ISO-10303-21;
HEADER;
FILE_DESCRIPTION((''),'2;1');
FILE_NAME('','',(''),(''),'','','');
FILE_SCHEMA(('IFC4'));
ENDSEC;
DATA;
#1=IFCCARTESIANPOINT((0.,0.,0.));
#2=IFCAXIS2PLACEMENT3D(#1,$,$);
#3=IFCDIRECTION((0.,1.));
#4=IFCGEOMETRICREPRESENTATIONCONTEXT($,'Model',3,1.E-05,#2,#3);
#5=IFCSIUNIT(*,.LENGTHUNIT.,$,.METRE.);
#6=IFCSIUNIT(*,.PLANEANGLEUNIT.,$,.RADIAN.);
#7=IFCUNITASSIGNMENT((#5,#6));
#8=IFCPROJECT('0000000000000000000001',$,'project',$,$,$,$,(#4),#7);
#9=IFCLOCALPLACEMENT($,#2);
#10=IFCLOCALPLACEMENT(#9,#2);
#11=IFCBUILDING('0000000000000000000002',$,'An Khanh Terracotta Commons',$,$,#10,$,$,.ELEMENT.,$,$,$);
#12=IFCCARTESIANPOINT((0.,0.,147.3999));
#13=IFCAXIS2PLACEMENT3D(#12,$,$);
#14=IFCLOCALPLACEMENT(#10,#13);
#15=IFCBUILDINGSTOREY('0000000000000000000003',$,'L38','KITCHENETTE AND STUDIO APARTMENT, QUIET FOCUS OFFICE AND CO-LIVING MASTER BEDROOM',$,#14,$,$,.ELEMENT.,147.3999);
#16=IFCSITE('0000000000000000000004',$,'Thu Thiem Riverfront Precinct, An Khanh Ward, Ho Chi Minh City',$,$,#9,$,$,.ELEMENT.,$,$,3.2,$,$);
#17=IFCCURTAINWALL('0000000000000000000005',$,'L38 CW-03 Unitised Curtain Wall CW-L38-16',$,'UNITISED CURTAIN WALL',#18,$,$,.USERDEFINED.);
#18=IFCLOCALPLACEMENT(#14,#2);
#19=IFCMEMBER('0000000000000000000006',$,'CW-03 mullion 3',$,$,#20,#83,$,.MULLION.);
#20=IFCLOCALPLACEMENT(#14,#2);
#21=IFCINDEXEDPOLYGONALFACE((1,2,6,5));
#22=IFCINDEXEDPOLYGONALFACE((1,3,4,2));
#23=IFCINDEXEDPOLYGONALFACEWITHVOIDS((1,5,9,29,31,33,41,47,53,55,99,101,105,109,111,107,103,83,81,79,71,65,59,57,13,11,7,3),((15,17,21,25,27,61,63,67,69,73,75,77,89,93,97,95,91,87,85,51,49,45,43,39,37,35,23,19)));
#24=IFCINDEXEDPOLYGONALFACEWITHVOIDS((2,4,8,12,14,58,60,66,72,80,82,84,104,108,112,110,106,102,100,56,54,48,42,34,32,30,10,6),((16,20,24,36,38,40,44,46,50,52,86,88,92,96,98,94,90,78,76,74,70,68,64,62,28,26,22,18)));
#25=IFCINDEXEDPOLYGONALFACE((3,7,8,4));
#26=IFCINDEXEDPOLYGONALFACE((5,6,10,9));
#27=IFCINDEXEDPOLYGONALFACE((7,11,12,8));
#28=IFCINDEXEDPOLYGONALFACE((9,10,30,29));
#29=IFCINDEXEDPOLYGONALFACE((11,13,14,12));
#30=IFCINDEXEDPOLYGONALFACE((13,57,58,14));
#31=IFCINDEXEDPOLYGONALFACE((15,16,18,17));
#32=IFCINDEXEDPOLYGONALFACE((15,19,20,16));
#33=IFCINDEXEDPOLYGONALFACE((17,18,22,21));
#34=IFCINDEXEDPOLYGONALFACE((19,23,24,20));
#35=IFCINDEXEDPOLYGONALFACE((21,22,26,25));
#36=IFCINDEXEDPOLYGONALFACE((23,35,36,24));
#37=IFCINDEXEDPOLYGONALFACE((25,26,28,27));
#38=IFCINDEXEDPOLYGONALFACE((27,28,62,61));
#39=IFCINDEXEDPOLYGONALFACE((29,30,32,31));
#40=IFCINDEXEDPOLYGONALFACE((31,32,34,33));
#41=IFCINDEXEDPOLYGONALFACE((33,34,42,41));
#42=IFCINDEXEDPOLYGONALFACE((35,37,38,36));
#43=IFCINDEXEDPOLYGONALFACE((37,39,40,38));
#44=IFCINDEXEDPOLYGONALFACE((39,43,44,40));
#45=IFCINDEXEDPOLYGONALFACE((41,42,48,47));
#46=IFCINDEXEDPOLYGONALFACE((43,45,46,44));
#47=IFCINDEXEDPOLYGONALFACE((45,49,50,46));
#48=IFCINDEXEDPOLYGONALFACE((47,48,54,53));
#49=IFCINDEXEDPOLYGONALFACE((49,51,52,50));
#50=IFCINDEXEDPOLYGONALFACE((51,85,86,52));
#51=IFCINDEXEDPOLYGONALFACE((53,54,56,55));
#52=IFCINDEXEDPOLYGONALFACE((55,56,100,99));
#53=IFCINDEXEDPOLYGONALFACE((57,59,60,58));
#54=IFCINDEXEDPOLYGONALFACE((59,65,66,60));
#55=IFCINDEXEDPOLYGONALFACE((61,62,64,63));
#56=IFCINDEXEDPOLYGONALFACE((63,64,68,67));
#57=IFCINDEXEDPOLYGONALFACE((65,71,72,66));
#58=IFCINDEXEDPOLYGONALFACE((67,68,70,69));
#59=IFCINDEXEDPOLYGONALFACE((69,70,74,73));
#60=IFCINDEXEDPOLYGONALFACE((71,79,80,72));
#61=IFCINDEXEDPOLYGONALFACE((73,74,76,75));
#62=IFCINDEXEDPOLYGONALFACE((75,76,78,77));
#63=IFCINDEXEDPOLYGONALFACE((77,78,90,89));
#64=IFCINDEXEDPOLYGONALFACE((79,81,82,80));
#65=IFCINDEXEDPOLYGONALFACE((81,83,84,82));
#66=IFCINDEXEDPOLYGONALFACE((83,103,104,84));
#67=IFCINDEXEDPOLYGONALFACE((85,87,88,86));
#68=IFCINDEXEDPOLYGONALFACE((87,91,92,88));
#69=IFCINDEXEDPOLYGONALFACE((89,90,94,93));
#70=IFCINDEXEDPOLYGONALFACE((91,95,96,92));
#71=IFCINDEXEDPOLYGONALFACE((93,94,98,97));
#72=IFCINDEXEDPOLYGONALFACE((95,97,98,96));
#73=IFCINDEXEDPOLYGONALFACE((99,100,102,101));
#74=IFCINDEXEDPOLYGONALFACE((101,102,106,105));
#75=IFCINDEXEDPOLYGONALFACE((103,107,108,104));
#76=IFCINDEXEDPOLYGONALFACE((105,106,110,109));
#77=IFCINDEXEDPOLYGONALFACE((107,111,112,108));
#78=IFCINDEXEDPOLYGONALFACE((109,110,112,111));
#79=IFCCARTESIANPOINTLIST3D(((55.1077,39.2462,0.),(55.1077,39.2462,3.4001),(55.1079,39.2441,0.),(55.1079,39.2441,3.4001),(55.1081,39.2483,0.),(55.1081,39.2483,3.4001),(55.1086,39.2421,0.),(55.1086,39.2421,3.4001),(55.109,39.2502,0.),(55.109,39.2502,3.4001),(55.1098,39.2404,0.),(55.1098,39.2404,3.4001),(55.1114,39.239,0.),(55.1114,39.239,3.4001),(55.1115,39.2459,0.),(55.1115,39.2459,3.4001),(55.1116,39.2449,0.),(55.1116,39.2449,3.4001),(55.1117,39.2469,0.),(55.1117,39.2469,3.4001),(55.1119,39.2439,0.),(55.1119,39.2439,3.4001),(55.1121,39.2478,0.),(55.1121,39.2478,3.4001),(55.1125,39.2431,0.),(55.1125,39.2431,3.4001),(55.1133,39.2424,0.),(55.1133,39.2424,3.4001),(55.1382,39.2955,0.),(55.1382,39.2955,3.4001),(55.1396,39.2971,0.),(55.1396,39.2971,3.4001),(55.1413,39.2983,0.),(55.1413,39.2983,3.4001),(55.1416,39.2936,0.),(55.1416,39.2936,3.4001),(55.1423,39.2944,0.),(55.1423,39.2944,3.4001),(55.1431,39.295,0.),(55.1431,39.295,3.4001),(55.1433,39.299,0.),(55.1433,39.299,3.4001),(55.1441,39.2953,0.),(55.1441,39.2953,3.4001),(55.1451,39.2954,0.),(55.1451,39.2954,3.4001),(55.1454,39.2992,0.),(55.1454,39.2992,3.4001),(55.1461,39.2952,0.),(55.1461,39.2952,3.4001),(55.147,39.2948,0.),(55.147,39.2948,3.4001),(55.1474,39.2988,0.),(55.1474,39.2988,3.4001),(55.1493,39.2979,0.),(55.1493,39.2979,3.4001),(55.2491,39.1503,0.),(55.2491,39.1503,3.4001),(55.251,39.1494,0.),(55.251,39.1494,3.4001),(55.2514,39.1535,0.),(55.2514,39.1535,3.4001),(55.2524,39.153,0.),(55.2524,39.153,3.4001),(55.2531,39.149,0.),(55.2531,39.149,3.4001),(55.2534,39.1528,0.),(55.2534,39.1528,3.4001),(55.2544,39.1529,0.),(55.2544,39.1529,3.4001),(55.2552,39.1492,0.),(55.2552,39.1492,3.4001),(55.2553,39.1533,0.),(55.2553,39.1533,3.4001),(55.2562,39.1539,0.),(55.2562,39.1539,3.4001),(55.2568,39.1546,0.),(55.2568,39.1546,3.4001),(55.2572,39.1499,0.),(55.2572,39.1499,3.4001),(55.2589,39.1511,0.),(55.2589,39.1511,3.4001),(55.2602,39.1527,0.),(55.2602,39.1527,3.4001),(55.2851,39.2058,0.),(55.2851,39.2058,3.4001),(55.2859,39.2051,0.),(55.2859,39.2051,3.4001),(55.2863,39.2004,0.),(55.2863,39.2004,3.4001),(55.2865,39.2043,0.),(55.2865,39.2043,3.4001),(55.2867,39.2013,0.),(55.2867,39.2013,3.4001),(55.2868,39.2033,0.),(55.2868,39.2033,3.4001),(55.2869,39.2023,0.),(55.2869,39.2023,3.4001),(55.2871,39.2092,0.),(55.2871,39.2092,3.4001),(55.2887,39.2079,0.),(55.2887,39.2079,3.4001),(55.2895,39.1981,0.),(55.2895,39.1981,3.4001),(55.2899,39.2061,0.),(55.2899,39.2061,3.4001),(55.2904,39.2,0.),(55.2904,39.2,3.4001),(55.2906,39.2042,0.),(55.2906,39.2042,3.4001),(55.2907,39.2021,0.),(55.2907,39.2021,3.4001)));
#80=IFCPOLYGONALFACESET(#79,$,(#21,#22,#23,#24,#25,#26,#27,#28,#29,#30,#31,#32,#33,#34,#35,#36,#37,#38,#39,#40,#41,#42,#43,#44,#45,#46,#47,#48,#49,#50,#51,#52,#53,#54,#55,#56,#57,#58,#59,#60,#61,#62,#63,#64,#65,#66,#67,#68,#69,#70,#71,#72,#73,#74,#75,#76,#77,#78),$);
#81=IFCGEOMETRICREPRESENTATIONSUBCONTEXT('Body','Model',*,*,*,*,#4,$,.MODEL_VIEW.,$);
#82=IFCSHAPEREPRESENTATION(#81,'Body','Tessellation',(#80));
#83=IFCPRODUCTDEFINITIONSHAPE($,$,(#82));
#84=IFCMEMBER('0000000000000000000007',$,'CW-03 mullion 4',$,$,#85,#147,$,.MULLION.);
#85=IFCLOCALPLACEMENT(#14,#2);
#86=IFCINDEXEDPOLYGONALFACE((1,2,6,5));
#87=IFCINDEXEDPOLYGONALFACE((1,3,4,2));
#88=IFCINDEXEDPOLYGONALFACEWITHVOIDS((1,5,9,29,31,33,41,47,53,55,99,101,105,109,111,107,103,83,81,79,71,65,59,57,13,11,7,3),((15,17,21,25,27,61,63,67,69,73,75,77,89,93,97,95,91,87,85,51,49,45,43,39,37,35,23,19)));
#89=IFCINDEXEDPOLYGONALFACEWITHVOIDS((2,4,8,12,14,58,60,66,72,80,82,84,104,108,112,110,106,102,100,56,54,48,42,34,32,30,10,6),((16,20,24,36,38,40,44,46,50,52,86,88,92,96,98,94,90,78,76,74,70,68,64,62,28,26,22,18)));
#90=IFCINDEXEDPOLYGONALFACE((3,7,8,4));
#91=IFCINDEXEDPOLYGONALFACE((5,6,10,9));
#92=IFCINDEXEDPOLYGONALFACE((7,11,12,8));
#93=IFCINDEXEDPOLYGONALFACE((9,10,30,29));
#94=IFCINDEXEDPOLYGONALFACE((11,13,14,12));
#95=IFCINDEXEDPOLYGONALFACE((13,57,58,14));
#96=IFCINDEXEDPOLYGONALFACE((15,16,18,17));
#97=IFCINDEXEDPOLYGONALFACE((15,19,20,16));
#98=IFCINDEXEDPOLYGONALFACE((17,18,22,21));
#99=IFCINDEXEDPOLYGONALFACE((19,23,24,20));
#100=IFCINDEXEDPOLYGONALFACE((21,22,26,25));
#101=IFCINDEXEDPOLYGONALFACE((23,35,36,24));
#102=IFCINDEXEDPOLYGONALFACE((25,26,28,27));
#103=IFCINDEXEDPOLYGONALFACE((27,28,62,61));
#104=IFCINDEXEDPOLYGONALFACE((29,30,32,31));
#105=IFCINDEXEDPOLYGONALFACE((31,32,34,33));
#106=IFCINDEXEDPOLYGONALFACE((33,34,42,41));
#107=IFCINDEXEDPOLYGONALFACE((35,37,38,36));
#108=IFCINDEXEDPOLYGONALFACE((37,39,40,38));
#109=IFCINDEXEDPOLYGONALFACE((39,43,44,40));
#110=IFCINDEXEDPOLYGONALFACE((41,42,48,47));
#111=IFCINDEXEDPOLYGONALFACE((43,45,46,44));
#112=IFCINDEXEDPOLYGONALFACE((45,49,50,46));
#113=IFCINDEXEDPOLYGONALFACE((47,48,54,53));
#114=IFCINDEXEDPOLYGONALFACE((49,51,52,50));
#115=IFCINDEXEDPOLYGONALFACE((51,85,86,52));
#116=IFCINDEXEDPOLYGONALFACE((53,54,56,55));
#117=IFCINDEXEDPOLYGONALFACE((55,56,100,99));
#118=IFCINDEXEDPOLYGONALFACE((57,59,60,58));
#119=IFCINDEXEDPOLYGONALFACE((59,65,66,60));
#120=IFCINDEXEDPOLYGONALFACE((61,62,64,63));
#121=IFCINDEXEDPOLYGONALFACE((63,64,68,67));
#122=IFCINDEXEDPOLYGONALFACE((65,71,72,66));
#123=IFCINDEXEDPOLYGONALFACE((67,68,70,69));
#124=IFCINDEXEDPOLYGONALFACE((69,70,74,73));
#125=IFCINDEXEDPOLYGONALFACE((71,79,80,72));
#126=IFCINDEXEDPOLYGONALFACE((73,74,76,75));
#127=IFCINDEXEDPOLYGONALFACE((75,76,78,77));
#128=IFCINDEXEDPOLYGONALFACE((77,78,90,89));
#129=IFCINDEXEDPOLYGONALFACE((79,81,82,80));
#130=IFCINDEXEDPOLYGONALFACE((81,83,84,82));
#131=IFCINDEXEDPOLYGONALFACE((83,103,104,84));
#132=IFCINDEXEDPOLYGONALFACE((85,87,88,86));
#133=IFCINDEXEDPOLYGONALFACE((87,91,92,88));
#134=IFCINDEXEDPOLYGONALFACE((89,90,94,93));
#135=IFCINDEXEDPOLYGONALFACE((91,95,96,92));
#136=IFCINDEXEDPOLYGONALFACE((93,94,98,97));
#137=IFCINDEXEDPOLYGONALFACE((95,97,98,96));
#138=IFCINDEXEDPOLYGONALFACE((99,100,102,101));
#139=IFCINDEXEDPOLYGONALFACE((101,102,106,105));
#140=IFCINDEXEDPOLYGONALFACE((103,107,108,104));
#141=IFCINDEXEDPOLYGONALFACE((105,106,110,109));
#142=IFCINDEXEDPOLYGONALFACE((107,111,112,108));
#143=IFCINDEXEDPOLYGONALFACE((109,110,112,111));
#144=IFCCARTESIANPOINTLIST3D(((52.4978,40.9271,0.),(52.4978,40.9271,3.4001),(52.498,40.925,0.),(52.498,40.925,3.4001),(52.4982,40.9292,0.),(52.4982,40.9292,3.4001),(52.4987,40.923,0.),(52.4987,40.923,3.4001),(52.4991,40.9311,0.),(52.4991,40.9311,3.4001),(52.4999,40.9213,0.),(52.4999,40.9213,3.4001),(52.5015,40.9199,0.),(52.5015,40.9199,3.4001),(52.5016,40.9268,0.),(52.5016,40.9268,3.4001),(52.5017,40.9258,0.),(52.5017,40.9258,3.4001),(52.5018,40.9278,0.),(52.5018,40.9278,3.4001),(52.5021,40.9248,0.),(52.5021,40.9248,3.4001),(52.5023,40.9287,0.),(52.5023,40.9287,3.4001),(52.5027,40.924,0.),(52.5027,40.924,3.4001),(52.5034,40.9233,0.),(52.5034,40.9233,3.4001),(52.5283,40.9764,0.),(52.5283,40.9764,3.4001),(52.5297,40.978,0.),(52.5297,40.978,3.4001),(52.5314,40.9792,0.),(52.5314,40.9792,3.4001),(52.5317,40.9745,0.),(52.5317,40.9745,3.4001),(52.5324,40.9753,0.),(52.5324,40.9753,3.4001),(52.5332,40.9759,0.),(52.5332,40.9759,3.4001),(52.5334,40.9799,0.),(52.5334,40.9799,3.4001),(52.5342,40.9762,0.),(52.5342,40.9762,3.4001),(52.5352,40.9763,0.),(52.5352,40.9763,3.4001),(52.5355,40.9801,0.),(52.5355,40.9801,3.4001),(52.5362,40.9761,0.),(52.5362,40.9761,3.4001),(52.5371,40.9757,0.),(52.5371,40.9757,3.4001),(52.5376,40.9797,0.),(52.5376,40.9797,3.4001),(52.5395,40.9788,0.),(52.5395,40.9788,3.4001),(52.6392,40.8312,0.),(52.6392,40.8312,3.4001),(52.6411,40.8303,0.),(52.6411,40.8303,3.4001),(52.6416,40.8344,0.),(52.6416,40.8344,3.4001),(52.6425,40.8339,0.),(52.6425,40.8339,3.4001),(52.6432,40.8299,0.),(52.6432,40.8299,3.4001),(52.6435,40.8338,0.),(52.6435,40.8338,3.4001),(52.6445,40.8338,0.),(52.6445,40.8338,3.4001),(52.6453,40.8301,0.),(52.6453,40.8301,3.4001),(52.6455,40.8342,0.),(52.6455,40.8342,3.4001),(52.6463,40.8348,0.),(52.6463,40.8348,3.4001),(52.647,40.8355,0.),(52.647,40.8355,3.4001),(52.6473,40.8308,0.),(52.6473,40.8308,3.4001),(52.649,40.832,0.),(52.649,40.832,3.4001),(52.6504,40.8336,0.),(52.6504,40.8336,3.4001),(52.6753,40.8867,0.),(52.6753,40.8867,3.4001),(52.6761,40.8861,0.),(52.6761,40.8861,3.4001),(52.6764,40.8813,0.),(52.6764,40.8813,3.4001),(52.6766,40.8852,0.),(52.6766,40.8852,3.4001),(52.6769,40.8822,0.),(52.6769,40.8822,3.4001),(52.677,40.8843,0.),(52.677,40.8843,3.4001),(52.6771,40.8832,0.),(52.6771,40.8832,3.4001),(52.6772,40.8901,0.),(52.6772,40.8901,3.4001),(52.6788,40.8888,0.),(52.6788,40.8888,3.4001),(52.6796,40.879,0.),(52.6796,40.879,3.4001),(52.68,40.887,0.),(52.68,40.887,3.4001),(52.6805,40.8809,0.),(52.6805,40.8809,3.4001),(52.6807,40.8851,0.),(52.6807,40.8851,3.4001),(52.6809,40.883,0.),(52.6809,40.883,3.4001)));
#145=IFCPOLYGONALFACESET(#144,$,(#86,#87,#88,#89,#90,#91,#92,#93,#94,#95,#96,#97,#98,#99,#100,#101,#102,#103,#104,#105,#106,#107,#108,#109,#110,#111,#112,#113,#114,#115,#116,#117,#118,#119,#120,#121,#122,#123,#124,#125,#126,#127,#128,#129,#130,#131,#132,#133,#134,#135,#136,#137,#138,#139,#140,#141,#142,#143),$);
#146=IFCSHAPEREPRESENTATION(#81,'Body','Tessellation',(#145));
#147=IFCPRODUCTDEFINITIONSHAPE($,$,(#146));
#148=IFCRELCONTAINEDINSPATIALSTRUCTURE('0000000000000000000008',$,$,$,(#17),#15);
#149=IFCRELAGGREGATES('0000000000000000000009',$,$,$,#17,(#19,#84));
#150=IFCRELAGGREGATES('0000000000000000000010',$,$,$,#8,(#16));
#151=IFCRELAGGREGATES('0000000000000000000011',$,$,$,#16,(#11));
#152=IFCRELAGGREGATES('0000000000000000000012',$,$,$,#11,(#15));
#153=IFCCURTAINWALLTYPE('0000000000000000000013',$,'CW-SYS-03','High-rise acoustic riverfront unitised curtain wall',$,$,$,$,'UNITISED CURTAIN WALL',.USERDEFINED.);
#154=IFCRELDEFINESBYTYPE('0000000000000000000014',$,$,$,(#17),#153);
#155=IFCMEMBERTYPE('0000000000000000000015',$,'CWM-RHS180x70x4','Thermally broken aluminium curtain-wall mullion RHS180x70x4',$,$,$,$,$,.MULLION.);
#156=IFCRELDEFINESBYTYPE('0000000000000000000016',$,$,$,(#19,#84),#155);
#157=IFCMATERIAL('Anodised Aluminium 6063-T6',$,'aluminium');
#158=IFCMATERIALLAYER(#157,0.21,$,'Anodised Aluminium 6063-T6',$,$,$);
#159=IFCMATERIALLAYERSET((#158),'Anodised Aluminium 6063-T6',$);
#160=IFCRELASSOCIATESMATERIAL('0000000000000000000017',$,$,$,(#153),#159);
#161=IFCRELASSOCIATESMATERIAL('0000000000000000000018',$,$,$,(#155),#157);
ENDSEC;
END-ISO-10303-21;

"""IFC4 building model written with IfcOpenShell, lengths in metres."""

from ifc_helpers import new_model, si_unit, direction, frame, origin, origin_2d, place, context, subcontext, project, spatial, hollow_rectangle, extrude, material, layer, layer_set, material_profile, profile_set, type_object, element, aggregate, save


model = new_model("IFC4")

# Units and contexts
model_context = context("Model", 3, precision=1e-05, world=origin(), true_north=direction((0.0, 1.0)))
body_context = subcontext(model_context, "Body", "Model", "MODEL_VIEW")
ifc_project = project(units=[si_unit("LENGTHUNIT", "METRE"), si_unit("PLANEANGLEUNIT", "RADIAN")], contexts=[model_context])

# Site, building, storey
site_placement = place(None, origin())
site = spatial("IfcSite", under=ifc_project, at=site_placement, Name="Thu Thiem Riverfront Precinct, An Khanh Ward, Ho Chi Minh City", CompositionType="ELEMENT", RefElevation=3.2)
building_placement = place(site_placement, origin())
building = spatial("IfcBuilding", under=site, at=building_placement, Name="An Khanh Terracotta Commons", CompositionType="ELEMENT")
storey_placement = place(building_placement, frame((0.0, 0.0, 147.3999)))
storey = spatial("IfcBuildingStorey", under=building, at=storey_placement, Name="L38", Description="KITCHENETTE AND STUDIO APARTMENT, QUIET FOCUS OFFICE AND CO-LIVING MASTER BEDROOM", CompositionType="ELEMENT", Elevation=147.3999)

# Curtain wall, members
ifc_material_1 = material(Name="Anodised Aluminium 6063-T6", Category="aluminium")
ifc_layer_1 = layer(ifc_material_1, 0.21, Name="Anodised Aluminium 6063-T6")
ifc_layer_set_1 = layer_set([ifc_layer_1], Name="Anodised Aluminium 6063-T6")
curtain_wall_type = type_object("IfcCurtainWallType", Name="CW-SYS-03", Description="High-rise acoustic riverfront unitised curtain wall", ElementType="UNITISED CURTAIN WALL", PredefinedType="USERDEFINED", material=ifc_layer_set_1)
curtain_wall_placement = place(storey_placement, origin())
curtain_wall = element("IfcCurtainWall", 1, at=curtain_wall_placement, inside=storey, type_object=curtain_wall_type, Name="L38 CW-03 Unitised Curtain Wall CW-L38-16", ObjectType="UNITISED CURTAIN WALL", PredefinedType="USERDEFINED")
ifc_material_profile_1 = material_profile(ifc_material_1, hollow_rectangle(XDim=0.0701, YDim=0.1799, WallThickness=0.0039, InnerFilletRadius=0.0039, OuterFilletRadius=0.0081, at=origin_2d()), Name="RHS180x70x4")
ifc_profile_set_1 = profile_set([ifc_material_profile_1], Name="Anodised Aluminium 6063-T6")
member_type_1 = type_object("IfcMemberType", Name="CWM-RHS180x70x4", Description="Thermally broken aluminium curtain-wall mullion RHS180x70x4", PredefinedType="MULLION", material=ifc_profile_set_1)
member_1_placement = place(storey_placement, frame((55.1992, 39.2241, 0.0), z_axis=(0.0, 0.0, 1.0), x_axis=(-0.541498, -0.840702, 0.0)))
member_1 = element("IfcMember", 2, at=member_1_placement, type_object=member_type_1, Name="CW-03 mullion 3", PredefinedType="MULLION", context=body_context, shape_type="SweptSolid", body=[
    extrude(hollow_rectangle(XDim=0.0701, YDim=0.1799, WallThickness=0.0039, InnerFilletRadius=0.0039, OuterFilletRadius=0.0081, at=origin_2d()), origin(), (0.0, 0.0, 1.0), 3.4001),
])
member_2_placement = place(storey_placement, frame((52.5894, 40.905, 0.0), z_axis=(0.0, 0.0, 1.0), x_axis=(-0.541498, -0.840702, 0.0)))
member_2 = element("IfcMember", 3, at=member_2_placement, type_object=member_type_1, Name="CW-03 mullion 4", PredefinedType="MULLION", context=body_context, shape_type="SweptSolid", body=[
    extrude(hollow_rectangle(XDim=0.0701, YDim=0.1799, WallThickness=0.0039, InnerFilletRadius=0.0039, OuterFilletRadius=0.0081, at=origin_2d()), origin(), (0.0, 0.0, 1.0), 3.4001),
])
aggregate(curtain_wall, [member_1, member_2])

save(model, "model.ifc")
